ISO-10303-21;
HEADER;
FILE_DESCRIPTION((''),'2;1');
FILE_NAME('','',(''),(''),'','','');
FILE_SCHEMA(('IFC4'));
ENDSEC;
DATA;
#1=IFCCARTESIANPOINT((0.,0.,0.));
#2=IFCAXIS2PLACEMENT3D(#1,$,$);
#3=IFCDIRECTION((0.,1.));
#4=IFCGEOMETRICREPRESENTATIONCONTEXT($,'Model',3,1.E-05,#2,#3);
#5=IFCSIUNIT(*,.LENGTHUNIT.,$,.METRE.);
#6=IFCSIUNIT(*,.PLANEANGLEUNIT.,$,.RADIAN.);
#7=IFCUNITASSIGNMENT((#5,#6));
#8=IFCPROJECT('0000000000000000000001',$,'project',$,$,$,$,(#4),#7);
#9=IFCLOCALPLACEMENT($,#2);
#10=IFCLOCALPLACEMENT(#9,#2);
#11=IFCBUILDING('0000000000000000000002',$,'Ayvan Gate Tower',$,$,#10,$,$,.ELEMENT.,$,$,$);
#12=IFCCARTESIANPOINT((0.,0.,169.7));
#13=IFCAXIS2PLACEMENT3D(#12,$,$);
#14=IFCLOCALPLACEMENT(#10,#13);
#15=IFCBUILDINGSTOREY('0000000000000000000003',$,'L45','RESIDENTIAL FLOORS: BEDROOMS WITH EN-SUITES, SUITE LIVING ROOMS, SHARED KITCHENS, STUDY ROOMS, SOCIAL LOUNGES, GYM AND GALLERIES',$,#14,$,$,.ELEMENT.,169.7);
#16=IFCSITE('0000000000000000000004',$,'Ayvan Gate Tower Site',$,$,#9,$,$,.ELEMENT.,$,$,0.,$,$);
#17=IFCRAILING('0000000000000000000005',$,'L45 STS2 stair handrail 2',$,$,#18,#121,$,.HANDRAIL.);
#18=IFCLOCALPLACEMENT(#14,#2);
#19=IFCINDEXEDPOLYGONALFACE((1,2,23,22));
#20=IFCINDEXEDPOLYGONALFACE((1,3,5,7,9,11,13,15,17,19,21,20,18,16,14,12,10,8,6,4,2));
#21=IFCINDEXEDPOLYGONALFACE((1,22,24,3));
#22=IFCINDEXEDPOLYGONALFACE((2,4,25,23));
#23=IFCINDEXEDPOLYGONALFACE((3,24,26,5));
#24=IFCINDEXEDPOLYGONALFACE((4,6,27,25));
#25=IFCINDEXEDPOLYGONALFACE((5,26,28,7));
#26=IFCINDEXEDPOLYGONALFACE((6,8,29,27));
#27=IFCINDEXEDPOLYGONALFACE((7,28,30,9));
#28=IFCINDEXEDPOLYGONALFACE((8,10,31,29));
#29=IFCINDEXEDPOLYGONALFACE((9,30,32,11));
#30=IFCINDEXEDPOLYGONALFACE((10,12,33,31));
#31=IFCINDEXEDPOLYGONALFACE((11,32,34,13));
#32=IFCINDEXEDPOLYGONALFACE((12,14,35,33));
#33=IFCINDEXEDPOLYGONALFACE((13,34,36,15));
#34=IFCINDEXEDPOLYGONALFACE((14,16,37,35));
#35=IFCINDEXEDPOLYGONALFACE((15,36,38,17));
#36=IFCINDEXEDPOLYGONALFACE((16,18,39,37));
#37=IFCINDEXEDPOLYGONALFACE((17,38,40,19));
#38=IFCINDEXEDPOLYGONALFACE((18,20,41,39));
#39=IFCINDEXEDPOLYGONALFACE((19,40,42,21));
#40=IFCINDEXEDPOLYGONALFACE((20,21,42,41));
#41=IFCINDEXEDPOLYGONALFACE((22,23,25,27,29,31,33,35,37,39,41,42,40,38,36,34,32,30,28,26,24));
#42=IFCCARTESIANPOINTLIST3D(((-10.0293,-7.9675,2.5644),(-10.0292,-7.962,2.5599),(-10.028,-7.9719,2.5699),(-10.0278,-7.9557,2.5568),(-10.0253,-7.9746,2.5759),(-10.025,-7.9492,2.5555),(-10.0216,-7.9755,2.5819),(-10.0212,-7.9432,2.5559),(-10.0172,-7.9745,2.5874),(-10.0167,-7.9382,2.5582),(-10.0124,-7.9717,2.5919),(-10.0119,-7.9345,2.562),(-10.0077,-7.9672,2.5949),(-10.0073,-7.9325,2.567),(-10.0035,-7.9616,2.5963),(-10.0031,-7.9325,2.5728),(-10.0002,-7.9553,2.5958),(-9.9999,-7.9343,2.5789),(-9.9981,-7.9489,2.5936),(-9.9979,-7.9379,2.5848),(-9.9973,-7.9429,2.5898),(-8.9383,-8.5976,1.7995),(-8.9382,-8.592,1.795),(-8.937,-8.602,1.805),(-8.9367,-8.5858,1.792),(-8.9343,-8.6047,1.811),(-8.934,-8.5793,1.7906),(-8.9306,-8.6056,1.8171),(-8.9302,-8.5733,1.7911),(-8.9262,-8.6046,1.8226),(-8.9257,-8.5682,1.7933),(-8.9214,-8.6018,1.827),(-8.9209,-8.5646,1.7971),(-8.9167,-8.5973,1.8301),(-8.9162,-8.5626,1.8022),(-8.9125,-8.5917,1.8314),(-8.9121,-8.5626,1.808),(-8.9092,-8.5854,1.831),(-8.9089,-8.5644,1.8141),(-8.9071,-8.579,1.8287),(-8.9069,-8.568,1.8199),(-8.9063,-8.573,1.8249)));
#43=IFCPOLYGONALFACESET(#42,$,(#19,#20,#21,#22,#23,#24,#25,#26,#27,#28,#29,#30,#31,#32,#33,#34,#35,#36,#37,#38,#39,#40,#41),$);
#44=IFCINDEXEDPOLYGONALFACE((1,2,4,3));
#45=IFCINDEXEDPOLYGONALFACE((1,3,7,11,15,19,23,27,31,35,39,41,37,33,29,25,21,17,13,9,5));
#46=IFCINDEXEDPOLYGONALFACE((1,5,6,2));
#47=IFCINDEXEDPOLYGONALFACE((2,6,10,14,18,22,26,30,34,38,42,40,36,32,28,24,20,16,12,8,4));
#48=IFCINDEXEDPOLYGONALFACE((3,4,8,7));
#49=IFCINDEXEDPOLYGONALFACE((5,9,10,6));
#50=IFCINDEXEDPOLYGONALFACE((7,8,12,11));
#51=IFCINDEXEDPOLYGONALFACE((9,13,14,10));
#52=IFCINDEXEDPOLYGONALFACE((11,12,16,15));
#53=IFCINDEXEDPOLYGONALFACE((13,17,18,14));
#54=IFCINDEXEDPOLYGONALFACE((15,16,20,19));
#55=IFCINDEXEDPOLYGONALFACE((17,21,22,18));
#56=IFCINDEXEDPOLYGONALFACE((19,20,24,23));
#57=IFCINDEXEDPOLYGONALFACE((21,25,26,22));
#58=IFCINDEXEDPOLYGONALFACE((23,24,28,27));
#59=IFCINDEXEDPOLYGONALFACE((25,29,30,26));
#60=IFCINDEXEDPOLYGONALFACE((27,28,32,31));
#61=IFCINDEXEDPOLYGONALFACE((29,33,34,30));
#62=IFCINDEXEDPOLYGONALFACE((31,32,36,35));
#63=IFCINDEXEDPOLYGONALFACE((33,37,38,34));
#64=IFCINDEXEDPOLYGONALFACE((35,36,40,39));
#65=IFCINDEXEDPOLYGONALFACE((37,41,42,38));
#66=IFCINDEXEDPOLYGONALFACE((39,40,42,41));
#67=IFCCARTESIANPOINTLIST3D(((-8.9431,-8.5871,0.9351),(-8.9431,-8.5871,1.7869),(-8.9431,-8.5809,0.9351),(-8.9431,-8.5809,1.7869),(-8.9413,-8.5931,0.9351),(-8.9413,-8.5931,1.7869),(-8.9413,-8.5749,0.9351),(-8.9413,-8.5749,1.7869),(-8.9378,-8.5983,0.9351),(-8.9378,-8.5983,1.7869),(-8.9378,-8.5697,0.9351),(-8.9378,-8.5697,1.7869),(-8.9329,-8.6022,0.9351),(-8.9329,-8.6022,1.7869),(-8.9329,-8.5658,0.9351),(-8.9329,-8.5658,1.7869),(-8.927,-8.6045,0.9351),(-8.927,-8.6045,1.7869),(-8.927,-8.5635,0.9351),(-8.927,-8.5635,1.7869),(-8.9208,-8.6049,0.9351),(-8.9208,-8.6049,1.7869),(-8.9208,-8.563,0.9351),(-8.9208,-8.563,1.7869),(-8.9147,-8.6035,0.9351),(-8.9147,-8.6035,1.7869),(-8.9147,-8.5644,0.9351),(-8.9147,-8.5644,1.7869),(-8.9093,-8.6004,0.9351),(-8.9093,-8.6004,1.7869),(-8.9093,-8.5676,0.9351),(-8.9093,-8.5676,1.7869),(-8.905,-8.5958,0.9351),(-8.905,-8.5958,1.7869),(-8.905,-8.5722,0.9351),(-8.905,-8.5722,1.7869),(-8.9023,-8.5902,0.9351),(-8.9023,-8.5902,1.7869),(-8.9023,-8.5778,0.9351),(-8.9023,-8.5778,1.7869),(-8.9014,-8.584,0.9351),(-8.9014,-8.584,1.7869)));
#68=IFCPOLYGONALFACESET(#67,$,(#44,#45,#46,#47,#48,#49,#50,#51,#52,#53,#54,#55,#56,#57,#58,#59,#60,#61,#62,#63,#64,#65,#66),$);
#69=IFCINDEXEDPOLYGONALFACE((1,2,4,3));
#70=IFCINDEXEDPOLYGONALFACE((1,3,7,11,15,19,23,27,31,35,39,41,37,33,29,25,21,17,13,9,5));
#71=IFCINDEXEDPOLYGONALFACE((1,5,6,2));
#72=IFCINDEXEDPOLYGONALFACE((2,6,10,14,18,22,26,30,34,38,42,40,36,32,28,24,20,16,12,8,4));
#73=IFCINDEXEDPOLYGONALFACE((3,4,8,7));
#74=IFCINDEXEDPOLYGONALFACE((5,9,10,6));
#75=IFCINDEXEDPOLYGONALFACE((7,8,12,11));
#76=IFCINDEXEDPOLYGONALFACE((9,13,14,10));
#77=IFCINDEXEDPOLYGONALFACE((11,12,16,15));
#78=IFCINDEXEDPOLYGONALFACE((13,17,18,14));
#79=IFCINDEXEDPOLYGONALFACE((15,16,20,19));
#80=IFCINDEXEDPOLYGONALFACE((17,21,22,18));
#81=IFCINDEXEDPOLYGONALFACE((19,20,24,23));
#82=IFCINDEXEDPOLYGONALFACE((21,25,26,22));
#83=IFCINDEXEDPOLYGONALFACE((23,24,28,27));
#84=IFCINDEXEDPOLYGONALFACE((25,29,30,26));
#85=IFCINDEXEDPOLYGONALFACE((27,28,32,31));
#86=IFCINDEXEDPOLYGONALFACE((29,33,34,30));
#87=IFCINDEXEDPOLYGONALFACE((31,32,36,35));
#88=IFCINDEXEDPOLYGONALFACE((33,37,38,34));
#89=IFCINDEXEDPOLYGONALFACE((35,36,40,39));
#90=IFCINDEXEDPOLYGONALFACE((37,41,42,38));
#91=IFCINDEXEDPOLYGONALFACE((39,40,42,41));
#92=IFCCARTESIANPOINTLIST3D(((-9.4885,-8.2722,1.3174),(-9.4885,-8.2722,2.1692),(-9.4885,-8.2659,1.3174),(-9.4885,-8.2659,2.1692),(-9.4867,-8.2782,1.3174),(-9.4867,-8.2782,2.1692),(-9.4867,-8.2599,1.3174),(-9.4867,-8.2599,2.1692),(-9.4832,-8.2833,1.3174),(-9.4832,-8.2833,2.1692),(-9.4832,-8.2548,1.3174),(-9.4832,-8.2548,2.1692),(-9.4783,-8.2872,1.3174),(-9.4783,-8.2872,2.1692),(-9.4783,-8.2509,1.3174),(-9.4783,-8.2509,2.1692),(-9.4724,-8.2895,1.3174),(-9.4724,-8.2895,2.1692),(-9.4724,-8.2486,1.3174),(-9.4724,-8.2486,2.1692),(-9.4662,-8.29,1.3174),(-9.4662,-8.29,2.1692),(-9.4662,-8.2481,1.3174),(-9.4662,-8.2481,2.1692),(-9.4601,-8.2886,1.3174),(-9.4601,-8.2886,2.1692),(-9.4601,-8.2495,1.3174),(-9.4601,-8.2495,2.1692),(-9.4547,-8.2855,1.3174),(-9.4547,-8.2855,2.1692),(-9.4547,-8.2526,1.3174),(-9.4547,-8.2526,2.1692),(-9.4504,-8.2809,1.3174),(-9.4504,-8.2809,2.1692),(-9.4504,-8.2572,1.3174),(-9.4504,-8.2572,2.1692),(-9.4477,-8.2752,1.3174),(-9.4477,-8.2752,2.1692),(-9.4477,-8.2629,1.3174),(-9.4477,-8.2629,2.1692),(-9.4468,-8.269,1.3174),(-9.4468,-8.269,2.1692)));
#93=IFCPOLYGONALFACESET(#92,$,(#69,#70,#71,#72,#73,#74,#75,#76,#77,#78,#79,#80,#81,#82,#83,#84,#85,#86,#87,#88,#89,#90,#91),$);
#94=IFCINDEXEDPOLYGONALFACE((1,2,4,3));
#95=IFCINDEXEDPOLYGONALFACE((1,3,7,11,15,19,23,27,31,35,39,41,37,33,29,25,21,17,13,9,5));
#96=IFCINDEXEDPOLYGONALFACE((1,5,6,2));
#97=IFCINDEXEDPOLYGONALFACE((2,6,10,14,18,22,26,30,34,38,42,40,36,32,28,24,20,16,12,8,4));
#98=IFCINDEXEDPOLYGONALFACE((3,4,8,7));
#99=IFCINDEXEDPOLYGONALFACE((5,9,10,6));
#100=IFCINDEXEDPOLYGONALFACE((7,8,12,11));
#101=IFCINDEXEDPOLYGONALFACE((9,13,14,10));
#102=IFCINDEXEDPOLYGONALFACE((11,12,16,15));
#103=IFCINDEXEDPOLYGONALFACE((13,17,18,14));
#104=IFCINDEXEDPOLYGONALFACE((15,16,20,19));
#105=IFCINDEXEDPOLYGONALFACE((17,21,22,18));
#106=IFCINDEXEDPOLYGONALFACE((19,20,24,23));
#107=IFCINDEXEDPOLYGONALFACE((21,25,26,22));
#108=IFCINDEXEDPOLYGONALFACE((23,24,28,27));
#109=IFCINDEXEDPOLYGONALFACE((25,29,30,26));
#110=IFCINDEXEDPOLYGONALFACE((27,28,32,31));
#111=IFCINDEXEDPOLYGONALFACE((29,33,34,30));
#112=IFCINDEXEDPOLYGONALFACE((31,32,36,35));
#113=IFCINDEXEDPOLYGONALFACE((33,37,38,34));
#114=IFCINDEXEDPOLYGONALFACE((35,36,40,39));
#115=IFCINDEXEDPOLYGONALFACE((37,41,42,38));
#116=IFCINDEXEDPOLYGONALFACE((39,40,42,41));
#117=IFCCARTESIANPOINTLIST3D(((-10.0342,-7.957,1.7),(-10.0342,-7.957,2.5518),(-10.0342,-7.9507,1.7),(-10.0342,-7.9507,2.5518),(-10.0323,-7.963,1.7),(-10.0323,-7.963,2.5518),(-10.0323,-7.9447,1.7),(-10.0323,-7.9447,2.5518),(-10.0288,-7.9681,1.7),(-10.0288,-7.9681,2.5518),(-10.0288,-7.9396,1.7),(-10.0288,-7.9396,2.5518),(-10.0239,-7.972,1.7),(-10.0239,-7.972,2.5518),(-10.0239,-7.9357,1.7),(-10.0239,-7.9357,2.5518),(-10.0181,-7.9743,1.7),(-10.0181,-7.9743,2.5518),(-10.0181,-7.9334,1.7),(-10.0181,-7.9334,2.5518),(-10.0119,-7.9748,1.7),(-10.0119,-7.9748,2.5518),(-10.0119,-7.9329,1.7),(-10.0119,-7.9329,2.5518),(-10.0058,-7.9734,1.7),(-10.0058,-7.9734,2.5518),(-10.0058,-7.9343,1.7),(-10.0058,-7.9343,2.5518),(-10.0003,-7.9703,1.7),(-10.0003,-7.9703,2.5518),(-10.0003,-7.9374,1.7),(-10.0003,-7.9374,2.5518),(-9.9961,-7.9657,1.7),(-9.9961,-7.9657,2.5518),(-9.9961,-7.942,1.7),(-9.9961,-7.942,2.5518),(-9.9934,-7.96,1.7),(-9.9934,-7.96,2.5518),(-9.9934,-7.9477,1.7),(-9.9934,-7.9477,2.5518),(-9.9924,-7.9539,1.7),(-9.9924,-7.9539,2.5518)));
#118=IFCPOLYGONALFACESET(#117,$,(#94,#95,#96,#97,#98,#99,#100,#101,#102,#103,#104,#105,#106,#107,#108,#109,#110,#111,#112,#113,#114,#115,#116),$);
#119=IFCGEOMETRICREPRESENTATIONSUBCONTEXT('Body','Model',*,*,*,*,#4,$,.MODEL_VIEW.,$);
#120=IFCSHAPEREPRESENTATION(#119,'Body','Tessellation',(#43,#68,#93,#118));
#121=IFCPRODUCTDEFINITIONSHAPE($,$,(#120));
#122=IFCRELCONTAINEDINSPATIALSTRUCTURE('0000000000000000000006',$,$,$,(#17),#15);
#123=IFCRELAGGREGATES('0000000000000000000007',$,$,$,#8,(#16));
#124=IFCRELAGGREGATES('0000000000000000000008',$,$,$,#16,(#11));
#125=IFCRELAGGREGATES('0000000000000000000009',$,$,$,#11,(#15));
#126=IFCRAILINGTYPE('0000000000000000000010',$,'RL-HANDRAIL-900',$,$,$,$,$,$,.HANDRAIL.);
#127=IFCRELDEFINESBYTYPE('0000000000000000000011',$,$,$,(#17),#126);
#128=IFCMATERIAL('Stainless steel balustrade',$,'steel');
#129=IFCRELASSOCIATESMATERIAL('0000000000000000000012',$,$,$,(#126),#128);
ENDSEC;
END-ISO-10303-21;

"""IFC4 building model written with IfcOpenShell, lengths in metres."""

from ifc_helpers import new_model, si_unit, direction, frame, origin, origin_2d, place, context, subcontext, project, spatial, circle, extrude, material, type_object, element, save


model = new_model("IFC4")

# Units and contexts
model_context = context("Model", 3, precision=1e-05, world=origin(), true_north=direction((0.0, 1.0)))
body_context = subcontext(model_context, "Body", "Model", "MODEL_VIEW")
ifc_project = project(units=[si_unit("LENGTHUNIT", "METRE"), si_unit("PLANEANGLEUNIT", "RADIAN")], contexts=[model_context])

# Site, building, storey
site_placement = place(None, origin())
site = spatial("IfcSite", under=ifc_project, at=site_placement, Name="Ayvan Gate Tower Site", CompositionType="ELEMENT", RefElevation=0.0)
building_placement = place(site_placement, origin())
building = spatial("IfcBuilding", under=site, at=building_placement, Name="Ayvan Gate Tower", CompositionType="ELEMENT")
storey_placement = place(building_placement, frame((0.0, 0.0, 169.7)))
storey = spatial("IfcBuildingStorey", under=building, at=storey_placement, Name="L45", Description="RESIDENTIAL FLOORS: BEDROOMS WITH EN-SUITES, SUITE LIVING ROOMS, SHARED KITCHENS, STUDY ROOMS, SOCIAL LOUNGES, GYM AND GALLERIES", CompositionType="ELEMENT", Elevation=169.7)

# Railing
ifc_material_1 = material(Name="Stainless steel balustrade", Category="steel")
railing_type_1 = type_object("IfcRailingType", Name="RL-HANDRAIL-900", PredefinedType="HANDRAIL", material=ifc_material_1)
railing_1_placement = place(storey_placement, frame((-8.9224, -8.584, 0.9351)))
element("IfcRailing", 1, at=railing_1_placement, inside=storey, type_object=railing_type_1, Name="L45 STS2 stair handrail 2", PredefinedType="HANDRAIL", context=body_context, shape_type="SweptSolid", body=[
    extrude(circle(Radius=0.0239, at=origin_2d()), frame((0.0, 0.0, 0.876), z_axis=(-0.740229, 0.427508, 0.518939), x_axis=(-0.500119, -0.865956, 0.0)), (0.0, 0.0, 1.0), 1.4739),
    extrude(circle(Radius=0.021, at=origin_2d()), origin(), (0.0, 0.0, 1.0), 0.8518),
    extrude(circle(Radius=0.021, at=origin_2d()), frame((-0.5454, 0.3149, 0.3823)), (0.0, 0.0, 1.0), 0.8518),
    extrude(circle(Radius=0.021, at=origin_2d()), frame((-1.0911, 0.6301, 0.7649)), (0.0, 0.0, 1.0), 0.8518),
])

save(model, "model.ifc")
